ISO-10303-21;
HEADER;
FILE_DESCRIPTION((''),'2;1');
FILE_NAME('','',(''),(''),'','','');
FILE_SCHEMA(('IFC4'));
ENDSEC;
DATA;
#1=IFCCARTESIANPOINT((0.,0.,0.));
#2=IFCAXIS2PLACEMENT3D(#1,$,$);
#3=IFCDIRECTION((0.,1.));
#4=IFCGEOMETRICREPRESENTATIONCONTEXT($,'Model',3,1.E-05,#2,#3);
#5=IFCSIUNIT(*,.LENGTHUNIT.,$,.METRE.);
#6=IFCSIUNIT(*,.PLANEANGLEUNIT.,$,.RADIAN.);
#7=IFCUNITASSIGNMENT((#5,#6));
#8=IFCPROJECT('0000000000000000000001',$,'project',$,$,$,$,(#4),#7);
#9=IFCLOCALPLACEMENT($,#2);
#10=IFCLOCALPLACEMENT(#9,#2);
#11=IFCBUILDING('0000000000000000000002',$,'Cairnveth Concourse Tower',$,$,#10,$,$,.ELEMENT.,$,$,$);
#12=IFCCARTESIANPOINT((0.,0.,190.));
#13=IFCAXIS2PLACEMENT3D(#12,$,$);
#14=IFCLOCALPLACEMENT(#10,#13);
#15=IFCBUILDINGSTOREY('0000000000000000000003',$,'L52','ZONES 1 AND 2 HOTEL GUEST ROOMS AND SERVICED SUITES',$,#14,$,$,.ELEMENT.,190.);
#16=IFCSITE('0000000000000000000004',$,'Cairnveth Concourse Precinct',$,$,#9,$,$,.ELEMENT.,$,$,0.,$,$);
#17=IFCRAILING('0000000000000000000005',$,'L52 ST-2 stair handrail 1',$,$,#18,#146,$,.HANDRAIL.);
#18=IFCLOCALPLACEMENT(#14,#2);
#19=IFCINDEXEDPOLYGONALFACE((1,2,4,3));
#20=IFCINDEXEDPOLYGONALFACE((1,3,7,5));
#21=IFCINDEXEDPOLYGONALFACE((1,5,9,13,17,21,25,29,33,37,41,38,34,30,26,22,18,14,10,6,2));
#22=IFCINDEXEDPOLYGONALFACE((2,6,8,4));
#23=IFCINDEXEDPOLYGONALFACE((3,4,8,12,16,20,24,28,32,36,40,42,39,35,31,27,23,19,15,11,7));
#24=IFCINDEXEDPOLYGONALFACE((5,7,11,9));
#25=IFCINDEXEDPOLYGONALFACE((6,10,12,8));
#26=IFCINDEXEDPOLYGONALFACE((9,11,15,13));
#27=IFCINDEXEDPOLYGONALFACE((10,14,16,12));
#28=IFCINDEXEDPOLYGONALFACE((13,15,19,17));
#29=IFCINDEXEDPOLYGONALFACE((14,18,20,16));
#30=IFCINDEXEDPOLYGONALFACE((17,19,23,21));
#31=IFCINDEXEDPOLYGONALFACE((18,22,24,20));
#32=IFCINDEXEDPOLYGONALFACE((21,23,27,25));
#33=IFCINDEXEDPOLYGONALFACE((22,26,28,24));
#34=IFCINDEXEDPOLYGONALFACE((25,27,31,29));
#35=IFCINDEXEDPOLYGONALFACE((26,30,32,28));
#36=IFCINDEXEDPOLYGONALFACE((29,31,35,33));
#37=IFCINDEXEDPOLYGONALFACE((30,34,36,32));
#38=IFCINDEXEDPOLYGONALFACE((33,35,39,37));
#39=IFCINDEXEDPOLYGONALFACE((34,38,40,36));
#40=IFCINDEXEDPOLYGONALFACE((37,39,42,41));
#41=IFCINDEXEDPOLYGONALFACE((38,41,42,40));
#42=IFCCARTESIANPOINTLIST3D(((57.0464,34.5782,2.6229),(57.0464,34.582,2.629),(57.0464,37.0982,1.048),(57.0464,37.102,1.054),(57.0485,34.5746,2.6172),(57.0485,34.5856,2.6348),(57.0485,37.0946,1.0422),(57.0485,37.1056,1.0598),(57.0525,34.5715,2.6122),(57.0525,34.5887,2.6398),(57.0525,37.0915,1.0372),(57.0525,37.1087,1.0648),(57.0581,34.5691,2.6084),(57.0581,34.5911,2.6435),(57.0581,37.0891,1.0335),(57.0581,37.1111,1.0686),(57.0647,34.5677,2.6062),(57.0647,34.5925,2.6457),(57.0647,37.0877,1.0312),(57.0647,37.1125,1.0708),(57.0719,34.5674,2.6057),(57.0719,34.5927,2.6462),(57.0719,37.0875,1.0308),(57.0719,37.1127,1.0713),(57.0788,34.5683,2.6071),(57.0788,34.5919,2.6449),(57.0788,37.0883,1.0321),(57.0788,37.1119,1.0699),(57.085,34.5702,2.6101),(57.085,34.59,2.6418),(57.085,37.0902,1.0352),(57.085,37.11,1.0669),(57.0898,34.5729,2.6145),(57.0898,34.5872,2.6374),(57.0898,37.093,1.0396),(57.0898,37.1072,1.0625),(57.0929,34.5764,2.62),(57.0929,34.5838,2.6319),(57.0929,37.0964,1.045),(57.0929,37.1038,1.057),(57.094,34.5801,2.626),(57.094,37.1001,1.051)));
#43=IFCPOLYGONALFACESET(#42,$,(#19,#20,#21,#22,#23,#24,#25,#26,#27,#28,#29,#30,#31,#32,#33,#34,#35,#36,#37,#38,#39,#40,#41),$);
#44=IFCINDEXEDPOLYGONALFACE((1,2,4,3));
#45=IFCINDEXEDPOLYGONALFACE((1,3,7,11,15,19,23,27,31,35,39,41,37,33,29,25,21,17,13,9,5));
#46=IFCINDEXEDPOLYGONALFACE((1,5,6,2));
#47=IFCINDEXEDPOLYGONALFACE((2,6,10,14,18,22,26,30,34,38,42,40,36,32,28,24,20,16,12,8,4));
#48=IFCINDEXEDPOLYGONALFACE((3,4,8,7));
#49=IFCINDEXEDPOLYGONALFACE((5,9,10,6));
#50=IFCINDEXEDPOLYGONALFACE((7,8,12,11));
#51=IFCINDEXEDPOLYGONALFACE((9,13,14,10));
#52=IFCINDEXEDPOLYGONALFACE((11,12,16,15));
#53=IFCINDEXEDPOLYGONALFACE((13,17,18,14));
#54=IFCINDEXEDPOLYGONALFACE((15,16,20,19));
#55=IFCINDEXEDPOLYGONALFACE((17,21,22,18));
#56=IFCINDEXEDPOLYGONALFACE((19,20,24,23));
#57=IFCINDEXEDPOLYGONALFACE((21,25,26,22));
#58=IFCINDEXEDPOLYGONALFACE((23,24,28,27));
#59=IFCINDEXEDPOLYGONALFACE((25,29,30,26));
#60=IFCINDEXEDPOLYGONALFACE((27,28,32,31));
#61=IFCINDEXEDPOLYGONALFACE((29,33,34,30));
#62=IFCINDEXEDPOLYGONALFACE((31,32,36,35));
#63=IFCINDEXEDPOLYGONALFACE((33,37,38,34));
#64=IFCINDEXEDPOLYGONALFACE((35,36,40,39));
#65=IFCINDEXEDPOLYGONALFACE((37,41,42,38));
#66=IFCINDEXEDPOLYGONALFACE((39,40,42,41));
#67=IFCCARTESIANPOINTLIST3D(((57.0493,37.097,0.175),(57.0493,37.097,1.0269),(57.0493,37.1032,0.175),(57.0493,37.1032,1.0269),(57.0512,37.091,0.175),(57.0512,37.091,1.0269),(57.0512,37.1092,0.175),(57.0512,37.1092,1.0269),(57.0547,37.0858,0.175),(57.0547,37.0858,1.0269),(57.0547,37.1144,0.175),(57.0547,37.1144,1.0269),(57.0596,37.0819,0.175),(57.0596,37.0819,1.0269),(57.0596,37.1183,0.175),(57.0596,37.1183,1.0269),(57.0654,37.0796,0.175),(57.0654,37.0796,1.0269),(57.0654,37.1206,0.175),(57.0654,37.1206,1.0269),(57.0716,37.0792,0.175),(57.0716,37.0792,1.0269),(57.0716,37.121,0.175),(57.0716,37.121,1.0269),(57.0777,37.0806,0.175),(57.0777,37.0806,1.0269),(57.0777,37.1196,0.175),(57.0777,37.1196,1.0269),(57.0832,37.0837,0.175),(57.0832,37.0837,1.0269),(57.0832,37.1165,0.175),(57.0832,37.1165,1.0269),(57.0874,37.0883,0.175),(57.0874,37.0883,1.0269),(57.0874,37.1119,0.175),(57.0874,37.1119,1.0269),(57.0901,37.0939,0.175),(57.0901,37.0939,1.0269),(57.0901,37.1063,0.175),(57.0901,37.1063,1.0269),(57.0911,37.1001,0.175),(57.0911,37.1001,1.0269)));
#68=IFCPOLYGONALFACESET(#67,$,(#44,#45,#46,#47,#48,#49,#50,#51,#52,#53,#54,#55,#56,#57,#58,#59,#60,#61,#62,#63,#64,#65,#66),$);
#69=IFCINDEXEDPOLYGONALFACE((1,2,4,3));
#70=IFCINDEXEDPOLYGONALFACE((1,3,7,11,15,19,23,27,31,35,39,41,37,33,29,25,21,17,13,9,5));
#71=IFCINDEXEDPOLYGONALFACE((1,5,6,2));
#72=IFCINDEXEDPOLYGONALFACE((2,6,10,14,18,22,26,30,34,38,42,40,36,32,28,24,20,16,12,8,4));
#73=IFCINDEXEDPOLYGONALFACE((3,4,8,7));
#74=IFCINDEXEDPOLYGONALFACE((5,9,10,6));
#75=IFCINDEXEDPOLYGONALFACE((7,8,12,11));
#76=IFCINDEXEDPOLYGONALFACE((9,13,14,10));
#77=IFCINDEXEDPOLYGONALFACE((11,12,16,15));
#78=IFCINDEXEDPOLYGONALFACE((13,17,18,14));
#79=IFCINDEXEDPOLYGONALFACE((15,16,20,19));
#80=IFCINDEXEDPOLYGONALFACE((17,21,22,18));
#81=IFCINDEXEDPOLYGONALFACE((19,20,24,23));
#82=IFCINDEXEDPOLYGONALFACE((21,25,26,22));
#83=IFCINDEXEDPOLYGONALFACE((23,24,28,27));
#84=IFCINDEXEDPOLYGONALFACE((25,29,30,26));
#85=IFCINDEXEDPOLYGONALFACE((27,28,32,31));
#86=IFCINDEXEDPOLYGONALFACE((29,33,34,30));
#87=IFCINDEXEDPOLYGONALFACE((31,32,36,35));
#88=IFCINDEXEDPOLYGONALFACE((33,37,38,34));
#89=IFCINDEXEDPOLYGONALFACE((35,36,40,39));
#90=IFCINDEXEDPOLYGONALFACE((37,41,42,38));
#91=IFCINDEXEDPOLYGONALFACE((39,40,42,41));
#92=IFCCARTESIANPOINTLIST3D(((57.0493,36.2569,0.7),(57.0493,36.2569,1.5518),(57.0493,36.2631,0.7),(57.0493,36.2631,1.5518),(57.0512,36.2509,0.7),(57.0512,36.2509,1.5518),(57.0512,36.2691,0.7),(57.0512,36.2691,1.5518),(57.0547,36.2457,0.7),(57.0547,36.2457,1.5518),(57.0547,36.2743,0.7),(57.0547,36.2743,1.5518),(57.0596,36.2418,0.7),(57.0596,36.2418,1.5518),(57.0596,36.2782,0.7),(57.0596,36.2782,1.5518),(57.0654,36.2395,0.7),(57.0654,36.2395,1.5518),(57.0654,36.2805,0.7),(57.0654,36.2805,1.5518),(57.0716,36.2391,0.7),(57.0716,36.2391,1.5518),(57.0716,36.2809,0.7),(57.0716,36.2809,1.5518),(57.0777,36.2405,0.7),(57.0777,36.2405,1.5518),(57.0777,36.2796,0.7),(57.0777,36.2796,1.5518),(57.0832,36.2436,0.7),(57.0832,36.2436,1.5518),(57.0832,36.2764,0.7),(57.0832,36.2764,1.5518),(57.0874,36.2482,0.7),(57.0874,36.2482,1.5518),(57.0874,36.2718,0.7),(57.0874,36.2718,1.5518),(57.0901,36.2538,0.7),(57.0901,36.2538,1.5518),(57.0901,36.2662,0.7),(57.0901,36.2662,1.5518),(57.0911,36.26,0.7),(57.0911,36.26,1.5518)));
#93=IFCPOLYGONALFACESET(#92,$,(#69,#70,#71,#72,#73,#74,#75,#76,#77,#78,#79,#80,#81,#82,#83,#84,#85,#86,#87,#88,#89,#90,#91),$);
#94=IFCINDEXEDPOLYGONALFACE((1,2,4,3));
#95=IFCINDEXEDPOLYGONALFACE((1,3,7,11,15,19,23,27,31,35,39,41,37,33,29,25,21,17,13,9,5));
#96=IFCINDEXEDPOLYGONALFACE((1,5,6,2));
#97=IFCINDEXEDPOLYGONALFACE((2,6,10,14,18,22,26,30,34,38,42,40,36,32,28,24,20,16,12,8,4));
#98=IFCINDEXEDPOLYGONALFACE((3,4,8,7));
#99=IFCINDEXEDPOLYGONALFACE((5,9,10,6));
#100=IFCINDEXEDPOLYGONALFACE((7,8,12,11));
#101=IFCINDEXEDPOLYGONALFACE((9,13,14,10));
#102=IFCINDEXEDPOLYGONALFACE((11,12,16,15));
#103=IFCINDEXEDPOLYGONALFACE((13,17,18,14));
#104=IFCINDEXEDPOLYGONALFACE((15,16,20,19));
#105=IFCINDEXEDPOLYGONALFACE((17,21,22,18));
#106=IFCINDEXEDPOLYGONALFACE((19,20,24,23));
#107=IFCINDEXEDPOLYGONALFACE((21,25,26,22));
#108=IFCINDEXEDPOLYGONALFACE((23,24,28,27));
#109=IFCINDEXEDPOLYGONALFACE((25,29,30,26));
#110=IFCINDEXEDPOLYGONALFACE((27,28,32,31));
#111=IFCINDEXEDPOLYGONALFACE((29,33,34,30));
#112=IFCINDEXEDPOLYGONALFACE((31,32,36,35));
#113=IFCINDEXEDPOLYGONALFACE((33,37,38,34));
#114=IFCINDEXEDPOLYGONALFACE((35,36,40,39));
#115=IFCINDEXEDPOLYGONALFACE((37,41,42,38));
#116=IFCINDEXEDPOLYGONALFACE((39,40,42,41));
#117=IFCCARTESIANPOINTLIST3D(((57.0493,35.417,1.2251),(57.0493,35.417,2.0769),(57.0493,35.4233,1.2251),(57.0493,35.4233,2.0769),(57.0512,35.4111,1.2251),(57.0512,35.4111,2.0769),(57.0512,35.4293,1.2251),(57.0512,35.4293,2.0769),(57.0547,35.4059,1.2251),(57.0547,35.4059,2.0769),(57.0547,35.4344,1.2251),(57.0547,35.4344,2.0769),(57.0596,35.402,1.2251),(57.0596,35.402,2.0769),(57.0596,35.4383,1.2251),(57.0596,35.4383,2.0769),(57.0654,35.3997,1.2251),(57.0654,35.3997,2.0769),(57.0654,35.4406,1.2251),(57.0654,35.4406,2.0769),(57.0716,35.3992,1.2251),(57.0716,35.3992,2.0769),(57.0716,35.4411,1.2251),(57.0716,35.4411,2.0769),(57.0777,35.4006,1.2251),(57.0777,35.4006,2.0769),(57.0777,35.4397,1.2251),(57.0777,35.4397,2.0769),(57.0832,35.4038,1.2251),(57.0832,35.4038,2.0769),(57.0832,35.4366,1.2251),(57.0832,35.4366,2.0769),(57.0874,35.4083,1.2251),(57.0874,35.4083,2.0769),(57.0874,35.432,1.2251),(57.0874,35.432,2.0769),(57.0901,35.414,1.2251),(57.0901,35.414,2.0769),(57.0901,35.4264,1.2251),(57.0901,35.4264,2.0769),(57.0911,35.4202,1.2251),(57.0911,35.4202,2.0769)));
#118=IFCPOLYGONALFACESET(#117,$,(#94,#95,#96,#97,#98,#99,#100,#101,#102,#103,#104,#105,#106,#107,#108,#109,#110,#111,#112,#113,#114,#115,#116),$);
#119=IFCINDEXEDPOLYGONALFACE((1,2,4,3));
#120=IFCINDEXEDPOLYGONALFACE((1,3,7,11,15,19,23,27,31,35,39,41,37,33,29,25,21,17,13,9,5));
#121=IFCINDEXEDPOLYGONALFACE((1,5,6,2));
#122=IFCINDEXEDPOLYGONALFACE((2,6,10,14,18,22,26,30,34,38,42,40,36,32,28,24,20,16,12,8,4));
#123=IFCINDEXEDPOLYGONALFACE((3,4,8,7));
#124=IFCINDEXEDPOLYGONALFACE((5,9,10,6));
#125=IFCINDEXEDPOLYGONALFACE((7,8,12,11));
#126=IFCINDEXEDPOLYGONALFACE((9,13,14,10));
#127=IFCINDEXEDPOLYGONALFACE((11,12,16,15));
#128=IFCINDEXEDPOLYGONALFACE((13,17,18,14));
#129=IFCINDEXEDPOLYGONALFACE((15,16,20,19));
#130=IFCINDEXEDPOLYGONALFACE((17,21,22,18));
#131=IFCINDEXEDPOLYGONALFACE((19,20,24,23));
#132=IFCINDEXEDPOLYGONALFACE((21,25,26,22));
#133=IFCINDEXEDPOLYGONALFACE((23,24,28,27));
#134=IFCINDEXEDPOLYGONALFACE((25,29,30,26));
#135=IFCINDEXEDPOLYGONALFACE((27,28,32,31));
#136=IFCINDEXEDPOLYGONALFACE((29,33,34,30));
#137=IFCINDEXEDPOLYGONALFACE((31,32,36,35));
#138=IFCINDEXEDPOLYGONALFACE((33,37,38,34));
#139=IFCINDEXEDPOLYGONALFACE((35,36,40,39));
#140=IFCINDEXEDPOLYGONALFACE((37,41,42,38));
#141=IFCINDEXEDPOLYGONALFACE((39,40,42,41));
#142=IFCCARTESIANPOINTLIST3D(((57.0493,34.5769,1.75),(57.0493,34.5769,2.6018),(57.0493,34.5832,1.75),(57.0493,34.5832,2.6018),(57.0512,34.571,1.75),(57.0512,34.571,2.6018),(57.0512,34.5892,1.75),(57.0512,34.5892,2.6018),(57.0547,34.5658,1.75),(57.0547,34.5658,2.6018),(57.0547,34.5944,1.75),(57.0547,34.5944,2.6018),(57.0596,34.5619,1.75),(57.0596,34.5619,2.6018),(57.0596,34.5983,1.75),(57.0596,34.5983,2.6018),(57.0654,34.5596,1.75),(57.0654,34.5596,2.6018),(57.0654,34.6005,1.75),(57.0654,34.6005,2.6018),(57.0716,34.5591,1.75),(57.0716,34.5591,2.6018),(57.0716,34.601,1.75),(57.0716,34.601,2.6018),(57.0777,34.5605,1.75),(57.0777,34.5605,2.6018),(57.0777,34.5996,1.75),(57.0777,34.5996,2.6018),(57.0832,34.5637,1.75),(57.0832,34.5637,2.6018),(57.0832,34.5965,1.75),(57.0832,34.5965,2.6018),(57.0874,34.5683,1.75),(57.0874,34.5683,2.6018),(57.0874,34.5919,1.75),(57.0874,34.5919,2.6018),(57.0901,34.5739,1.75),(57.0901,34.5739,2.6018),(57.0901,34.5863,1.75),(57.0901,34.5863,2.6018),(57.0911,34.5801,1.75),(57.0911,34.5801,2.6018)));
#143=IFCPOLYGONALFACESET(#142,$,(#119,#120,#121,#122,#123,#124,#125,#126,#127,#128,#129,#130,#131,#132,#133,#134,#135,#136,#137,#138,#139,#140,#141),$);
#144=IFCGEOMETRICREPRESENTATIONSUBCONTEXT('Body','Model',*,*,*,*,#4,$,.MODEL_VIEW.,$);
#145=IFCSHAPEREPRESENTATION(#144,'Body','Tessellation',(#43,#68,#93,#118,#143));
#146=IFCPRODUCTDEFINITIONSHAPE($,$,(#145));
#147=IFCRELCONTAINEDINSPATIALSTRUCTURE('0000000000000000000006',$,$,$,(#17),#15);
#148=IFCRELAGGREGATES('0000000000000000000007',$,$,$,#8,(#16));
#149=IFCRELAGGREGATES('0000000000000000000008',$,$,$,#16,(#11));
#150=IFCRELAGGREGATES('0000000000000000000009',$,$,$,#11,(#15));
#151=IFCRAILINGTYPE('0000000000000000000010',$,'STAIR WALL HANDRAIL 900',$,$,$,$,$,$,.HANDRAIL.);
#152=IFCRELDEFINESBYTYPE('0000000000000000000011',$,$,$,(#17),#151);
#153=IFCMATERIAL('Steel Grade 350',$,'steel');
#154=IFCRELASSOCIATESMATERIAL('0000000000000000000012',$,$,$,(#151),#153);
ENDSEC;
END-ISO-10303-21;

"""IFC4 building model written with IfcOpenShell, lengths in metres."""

from ifc_helpers import new_model, si_unit, direction, frame, origin, origin_2d, place, context, subcontext, project, spatial, circle, extrude, material, type_object, element, save


model = new_model("IFC4")

# Units and contexts
model_context = context("Model", 3, precision=1e-05, world=origin(), true_north=direction((0.0, 1.0)))
body_context = subcontext(model_context, "Body", "Model", "MODEL_VIEW")
ifc_project = project(units=[si_unit("LENGTHUNIT", "METRE"), si_unit("PLANEANGLEUNIT", "RADIAN")], contexts=[model_context])

# Site, building, storey
site_placement = place(None, origin())
site = spatial("IfcSite", under=ifc_project, at=site_placement, Name="Cairnveth Concourse Precinct", CompositionType="ELEMENT", RefElevation=0.0)
building_placement = place(site_placement, origin())
building = spatial("IfcBuilding", under=site, at=building_placement, Name="Cairnveth Concourse Tower", CompositionType="ELEMENT")
storey_placement = place(building_placement, frame((0.0, 0.0, 190.0)))
storey = spatial("IfcBuildingStorey", under=building, at=storey_placement, Name="L52", Description="ZONES 1 AND 2 HOTEL GUEST ROOMS AND SERVICED SUITES", CompositionType="ELEMENT", Elevation=190.0)

# Shared definitions
ifc_material_1 = material(Name="Steel Grade 350", Category="steel")

# Railing
railing_type_1 = type_object("IfcRailingType", Name="STAIR WALL HANDRAIL 900", PredefinedType="HANDRAIL", material=ifc_material_1)
railing_1_placement = place(storey_placement, frame((57.0701, 37.1001, 0.175)))
element("IfcRailing", 1, at=railing_1_placement, inside=storey, type_object=railing_type_1, Name="L52 ST-2 stair handrail 1", PredefinedType="HANDRAIL", context=body_context, shape_type="SweptSolid", body=[
    extrude(circle(Radius=0.0239, at=origin_2d()), frame((0.0, 0.0, 0.876), z_axis=(0.0, -0.848008, 0.529984), x_axis=(1.0, 0.0, 0.0)), (0.0, 0.0, 1.0), 2.9717),
    extrude(circle(Radius=0.021, at=origin_2d()), origin(), (0.0, 0.0, 1.0), 0.8518),
    extrude(circle(Radius=0.021, at=origin_2d()), frame((0.0, -0.8401, 0.5249)), (0.0, 0.0, 1.0), 0.8518),
    extrude(circle(Radius=0.021, at=origin_2d()), frame((0.0, -1.6799, 1.05)), (0.0, 0.0, 1.0), 0.8518),
    extrude(circle(Radius=0.021, at=origin_2d()), frame((0.0, -2.52, 1.575)), (0.0, 0.0, 1.0), 0.8518),
])

save(model, "model.ifc")
